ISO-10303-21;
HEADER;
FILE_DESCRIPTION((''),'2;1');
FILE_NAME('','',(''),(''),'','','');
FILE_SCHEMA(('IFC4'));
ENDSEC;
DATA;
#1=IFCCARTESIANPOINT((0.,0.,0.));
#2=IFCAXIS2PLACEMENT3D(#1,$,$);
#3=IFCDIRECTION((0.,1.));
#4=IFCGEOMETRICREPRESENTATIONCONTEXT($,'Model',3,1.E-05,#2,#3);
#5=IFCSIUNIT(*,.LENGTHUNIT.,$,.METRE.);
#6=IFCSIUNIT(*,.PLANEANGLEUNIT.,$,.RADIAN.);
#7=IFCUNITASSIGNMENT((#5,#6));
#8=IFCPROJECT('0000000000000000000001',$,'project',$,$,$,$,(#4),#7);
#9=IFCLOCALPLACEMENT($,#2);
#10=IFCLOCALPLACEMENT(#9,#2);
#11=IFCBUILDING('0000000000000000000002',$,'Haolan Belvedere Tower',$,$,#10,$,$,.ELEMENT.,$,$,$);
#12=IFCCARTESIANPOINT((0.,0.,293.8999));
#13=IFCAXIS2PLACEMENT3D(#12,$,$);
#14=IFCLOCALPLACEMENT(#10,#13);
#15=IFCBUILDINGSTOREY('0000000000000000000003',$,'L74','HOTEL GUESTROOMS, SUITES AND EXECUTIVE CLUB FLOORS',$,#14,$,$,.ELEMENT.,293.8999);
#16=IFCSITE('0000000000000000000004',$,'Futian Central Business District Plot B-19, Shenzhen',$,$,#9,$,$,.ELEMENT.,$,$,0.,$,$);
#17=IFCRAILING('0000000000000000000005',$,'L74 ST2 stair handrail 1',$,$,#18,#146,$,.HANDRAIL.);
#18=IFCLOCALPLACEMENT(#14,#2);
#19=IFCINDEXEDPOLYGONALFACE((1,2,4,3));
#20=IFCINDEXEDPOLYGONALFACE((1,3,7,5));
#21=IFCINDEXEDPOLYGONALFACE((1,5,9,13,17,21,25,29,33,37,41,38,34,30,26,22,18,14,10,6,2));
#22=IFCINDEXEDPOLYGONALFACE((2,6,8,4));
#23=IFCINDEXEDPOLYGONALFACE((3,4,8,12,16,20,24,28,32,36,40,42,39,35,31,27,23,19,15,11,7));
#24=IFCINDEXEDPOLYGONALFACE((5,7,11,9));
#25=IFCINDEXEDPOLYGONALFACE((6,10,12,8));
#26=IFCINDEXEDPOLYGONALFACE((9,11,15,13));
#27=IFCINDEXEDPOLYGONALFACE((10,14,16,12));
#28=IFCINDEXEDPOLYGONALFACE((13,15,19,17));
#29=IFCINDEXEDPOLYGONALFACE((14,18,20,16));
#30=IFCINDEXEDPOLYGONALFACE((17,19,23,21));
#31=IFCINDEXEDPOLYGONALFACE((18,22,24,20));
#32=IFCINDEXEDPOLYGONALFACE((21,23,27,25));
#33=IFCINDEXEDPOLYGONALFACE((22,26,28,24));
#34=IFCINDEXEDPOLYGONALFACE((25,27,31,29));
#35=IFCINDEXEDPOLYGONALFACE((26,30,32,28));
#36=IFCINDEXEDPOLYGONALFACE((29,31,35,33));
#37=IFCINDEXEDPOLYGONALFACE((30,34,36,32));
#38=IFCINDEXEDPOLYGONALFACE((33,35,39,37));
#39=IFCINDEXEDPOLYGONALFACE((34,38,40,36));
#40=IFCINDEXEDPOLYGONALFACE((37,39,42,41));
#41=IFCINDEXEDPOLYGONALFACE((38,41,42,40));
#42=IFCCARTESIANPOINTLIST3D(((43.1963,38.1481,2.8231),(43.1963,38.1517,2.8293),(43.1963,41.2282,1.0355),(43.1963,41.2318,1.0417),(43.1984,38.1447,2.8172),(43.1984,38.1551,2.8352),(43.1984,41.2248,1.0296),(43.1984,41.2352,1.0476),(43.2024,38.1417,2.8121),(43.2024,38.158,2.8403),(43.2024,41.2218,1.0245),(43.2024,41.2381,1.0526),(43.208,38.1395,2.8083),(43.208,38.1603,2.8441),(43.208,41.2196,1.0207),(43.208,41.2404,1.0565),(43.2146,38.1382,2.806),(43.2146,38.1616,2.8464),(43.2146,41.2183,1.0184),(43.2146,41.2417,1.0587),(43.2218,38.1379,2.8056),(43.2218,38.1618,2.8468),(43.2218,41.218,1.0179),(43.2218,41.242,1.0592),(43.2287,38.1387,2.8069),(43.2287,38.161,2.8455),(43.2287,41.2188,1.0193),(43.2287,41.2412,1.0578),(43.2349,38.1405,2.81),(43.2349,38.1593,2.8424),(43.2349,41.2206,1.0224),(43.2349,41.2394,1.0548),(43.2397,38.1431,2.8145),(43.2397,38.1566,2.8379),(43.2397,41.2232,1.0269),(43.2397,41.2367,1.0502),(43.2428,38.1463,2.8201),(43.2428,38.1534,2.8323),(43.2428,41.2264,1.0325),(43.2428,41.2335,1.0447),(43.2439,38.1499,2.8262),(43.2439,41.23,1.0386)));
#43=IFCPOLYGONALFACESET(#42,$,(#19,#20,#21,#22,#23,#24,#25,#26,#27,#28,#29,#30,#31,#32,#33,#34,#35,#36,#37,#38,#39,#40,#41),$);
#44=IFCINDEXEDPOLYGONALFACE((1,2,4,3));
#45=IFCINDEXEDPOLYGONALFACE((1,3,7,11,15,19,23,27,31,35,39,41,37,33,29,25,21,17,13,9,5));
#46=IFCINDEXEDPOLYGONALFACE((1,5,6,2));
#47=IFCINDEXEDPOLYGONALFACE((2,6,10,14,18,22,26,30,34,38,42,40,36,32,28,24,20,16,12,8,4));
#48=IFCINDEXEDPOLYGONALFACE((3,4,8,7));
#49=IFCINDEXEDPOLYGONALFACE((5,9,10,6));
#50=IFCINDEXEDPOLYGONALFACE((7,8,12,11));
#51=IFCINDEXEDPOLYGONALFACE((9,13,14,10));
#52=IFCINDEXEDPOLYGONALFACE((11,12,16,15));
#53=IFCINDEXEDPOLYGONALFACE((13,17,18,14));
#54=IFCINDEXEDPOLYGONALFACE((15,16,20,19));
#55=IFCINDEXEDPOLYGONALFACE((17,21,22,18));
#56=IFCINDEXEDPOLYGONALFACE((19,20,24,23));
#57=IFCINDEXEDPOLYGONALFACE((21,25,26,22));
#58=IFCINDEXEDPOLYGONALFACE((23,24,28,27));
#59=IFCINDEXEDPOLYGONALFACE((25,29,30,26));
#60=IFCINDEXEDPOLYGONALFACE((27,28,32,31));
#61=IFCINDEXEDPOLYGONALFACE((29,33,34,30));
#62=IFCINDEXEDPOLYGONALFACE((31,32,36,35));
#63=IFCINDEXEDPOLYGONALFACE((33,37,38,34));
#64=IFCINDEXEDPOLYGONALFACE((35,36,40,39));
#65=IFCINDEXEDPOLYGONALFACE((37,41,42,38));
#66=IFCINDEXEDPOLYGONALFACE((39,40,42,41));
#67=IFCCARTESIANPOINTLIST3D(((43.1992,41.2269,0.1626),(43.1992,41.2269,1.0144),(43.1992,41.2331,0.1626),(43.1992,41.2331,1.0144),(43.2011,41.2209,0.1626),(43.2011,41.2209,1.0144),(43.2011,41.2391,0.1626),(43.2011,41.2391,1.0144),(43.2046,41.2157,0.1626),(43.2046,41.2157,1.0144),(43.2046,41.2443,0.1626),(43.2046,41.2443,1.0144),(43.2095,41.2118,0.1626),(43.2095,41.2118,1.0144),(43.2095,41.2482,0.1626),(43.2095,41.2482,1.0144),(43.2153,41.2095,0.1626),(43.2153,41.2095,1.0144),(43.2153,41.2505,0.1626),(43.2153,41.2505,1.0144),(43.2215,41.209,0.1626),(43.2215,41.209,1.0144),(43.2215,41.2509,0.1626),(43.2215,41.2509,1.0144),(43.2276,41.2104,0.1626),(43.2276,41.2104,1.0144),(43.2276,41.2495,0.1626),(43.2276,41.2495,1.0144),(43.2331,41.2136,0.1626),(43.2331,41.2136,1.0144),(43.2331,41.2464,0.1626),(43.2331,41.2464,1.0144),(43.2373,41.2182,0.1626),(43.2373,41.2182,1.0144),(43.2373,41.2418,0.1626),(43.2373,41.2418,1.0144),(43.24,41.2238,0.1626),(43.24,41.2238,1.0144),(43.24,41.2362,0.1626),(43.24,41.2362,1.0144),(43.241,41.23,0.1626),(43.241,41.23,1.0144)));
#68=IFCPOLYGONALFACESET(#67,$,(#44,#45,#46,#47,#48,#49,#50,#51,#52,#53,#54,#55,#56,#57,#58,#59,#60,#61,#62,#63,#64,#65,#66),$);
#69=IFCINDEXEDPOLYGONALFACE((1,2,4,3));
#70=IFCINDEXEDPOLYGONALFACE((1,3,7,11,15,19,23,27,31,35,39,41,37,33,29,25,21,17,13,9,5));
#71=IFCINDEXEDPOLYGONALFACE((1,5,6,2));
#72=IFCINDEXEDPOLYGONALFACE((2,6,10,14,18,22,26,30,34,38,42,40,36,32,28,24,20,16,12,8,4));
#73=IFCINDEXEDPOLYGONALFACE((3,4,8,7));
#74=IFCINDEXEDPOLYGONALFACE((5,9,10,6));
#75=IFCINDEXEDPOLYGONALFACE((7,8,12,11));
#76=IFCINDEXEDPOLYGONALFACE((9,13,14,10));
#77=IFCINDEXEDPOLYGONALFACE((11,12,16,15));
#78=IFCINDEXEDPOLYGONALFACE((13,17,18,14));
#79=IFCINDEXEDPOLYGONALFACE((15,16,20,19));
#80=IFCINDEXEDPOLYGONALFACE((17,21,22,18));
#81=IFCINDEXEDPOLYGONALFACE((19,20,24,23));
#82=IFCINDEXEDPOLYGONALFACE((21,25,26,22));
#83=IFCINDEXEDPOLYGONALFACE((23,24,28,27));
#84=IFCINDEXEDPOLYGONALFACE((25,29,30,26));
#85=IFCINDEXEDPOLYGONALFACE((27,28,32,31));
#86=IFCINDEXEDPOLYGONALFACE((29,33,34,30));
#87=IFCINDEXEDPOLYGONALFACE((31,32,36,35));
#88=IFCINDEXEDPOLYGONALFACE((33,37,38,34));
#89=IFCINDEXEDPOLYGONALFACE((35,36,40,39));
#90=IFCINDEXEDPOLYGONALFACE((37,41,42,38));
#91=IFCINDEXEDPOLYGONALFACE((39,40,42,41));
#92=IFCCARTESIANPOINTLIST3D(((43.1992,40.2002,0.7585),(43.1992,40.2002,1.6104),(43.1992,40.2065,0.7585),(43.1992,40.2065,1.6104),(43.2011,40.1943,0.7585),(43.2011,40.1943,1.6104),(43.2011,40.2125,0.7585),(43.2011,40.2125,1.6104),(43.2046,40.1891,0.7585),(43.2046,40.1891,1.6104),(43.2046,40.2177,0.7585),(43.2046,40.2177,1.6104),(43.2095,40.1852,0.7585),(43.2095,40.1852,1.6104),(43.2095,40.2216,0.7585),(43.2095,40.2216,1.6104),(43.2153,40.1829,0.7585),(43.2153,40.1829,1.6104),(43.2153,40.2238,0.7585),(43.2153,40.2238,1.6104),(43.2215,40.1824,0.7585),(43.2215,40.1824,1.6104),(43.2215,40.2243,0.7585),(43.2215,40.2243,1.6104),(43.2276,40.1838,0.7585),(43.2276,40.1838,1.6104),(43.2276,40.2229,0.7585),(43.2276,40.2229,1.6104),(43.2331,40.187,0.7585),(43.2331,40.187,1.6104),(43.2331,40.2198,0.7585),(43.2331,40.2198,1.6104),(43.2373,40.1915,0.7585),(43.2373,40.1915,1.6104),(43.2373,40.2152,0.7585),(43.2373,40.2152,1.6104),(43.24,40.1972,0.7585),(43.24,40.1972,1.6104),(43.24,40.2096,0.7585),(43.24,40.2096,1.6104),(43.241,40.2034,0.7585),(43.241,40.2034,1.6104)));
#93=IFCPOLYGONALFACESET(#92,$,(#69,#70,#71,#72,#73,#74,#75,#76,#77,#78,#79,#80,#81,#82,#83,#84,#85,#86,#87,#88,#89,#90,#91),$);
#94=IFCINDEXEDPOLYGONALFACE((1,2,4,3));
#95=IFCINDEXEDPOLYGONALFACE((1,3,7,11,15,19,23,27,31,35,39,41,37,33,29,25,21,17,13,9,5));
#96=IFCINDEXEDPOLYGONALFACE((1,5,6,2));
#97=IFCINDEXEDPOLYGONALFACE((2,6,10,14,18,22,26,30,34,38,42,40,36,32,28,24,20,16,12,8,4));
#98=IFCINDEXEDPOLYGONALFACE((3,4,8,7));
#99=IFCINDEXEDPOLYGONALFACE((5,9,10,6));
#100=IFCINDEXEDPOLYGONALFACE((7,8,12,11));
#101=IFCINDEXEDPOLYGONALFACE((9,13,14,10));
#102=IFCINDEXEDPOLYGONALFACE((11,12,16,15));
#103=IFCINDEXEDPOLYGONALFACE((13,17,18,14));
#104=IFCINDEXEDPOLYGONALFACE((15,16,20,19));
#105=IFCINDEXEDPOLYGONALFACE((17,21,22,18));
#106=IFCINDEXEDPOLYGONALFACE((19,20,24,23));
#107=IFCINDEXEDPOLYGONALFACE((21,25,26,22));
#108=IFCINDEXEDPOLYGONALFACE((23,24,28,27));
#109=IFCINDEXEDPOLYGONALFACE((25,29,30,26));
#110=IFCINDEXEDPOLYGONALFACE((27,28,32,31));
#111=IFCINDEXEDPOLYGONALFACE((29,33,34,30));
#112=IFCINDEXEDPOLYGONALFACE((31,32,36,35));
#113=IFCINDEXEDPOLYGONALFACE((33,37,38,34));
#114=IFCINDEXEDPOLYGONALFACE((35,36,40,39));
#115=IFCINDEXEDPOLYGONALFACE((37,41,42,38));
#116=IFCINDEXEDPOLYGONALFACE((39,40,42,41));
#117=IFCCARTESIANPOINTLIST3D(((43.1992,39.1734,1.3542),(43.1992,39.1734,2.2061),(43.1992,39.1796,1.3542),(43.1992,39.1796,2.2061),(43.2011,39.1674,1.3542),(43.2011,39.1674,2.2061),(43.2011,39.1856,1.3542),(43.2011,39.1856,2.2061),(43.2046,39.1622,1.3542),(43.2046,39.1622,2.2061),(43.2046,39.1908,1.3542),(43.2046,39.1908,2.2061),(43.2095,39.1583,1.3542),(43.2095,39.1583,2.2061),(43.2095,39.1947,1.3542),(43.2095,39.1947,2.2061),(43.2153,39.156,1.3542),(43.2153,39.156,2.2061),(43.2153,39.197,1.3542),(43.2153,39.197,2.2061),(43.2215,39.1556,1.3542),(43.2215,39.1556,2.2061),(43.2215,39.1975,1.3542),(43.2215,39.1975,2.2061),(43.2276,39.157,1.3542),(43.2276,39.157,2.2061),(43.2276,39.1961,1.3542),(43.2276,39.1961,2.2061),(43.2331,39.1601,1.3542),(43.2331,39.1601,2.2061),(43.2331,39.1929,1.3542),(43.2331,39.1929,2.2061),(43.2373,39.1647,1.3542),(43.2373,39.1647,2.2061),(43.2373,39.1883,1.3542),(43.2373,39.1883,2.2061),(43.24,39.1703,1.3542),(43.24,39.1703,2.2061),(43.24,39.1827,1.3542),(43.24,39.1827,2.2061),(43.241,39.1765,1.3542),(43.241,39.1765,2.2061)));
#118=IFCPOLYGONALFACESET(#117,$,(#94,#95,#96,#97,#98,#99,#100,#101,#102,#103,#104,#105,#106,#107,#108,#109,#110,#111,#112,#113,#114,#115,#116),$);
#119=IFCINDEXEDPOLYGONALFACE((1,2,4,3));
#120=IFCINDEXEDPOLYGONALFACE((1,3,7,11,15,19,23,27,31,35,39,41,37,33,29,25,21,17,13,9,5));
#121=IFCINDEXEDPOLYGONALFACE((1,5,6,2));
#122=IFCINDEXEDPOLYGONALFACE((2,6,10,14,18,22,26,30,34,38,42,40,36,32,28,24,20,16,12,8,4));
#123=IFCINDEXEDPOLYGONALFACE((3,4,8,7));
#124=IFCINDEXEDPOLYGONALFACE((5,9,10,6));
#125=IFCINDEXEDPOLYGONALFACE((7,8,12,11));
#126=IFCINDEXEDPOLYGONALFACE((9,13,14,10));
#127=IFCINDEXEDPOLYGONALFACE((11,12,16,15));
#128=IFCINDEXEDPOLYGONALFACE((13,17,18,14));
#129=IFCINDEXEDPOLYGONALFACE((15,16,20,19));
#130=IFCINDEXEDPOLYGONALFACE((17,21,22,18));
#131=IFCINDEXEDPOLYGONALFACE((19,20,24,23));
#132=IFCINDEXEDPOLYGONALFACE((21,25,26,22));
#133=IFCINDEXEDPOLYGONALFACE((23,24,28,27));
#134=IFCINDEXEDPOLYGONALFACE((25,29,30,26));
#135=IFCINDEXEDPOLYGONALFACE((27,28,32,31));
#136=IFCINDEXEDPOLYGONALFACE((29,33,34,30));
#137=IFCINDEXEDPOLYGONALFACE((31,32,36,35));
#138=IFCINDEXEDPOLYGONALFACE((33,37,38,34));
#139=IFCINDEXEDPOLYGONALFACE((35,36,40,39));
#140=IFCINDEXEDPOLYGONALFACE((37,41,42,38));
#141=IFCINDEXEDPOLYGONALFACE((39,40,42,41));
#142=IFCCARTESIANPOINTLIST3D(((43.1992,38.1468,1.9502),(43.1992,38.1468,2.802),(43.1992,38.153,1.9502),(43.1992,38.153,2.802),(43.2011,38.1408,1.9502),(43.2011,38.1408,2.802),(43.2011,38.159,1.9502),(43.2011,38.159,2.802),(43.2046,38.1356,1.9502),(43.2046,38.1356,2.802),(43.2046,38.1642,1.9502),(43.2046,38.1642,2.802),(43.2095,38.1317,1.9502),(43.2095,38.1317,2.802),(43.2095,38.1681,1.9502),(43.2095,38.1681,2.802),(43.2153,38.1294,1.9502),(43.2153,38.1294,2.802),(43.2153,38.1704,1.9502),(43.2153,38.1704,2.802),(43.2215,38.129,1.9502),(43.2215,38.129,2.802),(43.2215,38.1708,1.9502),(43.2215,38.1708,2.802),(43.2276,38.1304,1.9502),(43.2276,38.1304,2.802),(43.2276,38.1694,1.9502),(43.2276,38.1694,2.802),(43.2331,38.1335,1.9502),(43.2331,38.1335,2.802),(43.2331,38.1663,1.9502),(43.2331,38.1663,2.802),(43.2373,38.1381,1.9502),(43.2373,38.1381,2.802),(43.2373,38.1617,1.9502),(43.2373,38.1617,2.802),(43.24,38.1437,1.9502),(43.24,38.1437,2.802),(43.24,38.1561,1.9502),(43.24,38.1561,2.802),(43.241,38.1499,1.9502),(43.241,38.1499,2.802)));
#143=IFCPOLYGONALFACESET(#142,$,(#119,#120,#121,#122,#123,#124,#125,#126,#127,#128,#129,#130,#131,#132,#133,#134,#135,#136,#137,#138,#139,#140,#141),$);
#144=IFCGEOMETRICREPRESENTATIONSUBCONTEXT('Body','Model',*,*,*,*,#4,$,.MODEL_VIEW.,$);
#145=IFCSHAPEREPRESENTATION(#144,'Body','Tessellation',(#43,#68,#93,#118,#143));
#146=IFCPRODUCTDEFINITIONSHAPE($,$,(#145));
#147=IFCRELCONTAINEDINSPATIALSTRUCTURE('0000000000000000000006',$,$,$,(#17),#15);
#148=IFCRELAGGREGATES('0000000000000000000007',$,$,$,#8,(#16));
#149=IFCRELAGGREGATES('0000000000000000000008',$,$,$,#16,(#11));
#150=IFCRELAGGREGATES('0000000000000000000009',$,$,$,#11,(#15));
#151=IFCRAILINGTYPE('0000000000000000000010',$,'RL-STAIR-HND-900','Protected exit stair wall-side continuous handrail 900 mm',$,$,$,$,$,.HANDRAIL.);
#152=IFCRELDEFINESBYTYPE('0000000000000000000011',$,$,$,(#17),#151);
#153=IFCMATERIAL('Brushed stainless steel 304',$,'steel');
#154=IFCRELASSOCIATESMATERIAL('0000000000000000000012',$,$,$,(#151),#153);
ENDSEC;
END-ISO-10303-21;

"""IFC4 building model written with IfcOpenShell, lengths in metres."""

from ifc_helpers import new_model, si_unit, direction, frame, origin, origin_2d, place, context, subcontext, project, spatial, circle, extrude, material, type_object, element, save


model = new_model("IFC4")

# Units and contexts
model_context = context("Model", 3, precision=1e-05, world=origin(), true_north=direction((0.0, 1.0)))
body_context = subcontext(model_context, "Body", "Model", "MODEL_VIEW")
ifc_project = project(units=[si_unit("LENGTHUNIT", "METRE"), si_unit("PLANEANGLEUNIT", "RADIAN")], contexts=[model_context])

# Site, building, storey
site_placement = place(None, origin())
site = spatial("IfcSite", under=ifc_project, at=site_placement, Name="Futian Central Business District Plot B-19, Shenzhen", CompositionType="ELEMENT", RefElevation=0.0)
building_placement = place(site_placement, origin())
building = spatial("IfcBuilding", under=site, at=building_placement, Name="Haolan Belvedere Tower", CompositionType="ELEMENT")
storey_placement = place(building_placement, frame((0.0, 0.0, 293.8999)))
storey = spatial("IfcBuildingStorey", under=building, at=storey_placement, Name="L74", Description="HOTEL GUESTROOMS, SUITES AND EXECUTIVE CLUB FLOORS", CompositionType="ELEMENT", Elevation=293.8999)

# Railing
ifc_material_1 = material(Name="Brushed stainless steel 304", Category="steel")
railing_type_1 = type_object("IfcRailingType", Name="RL-STAIR-HND-900", Description="Protected exit stair wall-side continuous handrail 900 mm", PredefinedType="HANDRAIL", material=ifc_material_1)
railing_1_placement = place(storey_placement, frame((43.22, 41.23, 0.1626)))
element("IfcRailing", 1, at=railing_1_placement, inside=storey, type_object=railing_type_1, Name="L74 ST2 stair handrail 1", PredefinedType="HANDRAIL", context=body_context, shape_type="SweptSolid", body=[
    extrude(circle(Radius=0.0239, at=origin_2d()), frame((0.0, 0.0, 0.876), z_axis=(0.0, -0.864891, 0.50196), x_axis=(1.0, 0.0, 0.0)), (0.0, 0.0, 1.0), 3.5613),
    extrude(circle(Radius=0.021, at=origin_2d()), origin(), (0.0, 0.0, 1.0), 0.8518),
    extrude(circle(Radius=0.021, at=origin_2d()), frame((0.0, -1.0266, 0.5959)), (0.0, 0.0, 1.0), 0.8518),
    extrude(circle(Radius=0.021, at=origin_2d()), frame((0.0, -2.0535, 1.1917)), (0.0, 0.0, 1.0), 0.8518),
    extrude(circle(Radius=0.021, at=origin_2d()), frame((0.0, -3.0801, 1.7876)), (0.0, 0.0, 1.0), 0.8518),
])

save(model, "model.ifc")
